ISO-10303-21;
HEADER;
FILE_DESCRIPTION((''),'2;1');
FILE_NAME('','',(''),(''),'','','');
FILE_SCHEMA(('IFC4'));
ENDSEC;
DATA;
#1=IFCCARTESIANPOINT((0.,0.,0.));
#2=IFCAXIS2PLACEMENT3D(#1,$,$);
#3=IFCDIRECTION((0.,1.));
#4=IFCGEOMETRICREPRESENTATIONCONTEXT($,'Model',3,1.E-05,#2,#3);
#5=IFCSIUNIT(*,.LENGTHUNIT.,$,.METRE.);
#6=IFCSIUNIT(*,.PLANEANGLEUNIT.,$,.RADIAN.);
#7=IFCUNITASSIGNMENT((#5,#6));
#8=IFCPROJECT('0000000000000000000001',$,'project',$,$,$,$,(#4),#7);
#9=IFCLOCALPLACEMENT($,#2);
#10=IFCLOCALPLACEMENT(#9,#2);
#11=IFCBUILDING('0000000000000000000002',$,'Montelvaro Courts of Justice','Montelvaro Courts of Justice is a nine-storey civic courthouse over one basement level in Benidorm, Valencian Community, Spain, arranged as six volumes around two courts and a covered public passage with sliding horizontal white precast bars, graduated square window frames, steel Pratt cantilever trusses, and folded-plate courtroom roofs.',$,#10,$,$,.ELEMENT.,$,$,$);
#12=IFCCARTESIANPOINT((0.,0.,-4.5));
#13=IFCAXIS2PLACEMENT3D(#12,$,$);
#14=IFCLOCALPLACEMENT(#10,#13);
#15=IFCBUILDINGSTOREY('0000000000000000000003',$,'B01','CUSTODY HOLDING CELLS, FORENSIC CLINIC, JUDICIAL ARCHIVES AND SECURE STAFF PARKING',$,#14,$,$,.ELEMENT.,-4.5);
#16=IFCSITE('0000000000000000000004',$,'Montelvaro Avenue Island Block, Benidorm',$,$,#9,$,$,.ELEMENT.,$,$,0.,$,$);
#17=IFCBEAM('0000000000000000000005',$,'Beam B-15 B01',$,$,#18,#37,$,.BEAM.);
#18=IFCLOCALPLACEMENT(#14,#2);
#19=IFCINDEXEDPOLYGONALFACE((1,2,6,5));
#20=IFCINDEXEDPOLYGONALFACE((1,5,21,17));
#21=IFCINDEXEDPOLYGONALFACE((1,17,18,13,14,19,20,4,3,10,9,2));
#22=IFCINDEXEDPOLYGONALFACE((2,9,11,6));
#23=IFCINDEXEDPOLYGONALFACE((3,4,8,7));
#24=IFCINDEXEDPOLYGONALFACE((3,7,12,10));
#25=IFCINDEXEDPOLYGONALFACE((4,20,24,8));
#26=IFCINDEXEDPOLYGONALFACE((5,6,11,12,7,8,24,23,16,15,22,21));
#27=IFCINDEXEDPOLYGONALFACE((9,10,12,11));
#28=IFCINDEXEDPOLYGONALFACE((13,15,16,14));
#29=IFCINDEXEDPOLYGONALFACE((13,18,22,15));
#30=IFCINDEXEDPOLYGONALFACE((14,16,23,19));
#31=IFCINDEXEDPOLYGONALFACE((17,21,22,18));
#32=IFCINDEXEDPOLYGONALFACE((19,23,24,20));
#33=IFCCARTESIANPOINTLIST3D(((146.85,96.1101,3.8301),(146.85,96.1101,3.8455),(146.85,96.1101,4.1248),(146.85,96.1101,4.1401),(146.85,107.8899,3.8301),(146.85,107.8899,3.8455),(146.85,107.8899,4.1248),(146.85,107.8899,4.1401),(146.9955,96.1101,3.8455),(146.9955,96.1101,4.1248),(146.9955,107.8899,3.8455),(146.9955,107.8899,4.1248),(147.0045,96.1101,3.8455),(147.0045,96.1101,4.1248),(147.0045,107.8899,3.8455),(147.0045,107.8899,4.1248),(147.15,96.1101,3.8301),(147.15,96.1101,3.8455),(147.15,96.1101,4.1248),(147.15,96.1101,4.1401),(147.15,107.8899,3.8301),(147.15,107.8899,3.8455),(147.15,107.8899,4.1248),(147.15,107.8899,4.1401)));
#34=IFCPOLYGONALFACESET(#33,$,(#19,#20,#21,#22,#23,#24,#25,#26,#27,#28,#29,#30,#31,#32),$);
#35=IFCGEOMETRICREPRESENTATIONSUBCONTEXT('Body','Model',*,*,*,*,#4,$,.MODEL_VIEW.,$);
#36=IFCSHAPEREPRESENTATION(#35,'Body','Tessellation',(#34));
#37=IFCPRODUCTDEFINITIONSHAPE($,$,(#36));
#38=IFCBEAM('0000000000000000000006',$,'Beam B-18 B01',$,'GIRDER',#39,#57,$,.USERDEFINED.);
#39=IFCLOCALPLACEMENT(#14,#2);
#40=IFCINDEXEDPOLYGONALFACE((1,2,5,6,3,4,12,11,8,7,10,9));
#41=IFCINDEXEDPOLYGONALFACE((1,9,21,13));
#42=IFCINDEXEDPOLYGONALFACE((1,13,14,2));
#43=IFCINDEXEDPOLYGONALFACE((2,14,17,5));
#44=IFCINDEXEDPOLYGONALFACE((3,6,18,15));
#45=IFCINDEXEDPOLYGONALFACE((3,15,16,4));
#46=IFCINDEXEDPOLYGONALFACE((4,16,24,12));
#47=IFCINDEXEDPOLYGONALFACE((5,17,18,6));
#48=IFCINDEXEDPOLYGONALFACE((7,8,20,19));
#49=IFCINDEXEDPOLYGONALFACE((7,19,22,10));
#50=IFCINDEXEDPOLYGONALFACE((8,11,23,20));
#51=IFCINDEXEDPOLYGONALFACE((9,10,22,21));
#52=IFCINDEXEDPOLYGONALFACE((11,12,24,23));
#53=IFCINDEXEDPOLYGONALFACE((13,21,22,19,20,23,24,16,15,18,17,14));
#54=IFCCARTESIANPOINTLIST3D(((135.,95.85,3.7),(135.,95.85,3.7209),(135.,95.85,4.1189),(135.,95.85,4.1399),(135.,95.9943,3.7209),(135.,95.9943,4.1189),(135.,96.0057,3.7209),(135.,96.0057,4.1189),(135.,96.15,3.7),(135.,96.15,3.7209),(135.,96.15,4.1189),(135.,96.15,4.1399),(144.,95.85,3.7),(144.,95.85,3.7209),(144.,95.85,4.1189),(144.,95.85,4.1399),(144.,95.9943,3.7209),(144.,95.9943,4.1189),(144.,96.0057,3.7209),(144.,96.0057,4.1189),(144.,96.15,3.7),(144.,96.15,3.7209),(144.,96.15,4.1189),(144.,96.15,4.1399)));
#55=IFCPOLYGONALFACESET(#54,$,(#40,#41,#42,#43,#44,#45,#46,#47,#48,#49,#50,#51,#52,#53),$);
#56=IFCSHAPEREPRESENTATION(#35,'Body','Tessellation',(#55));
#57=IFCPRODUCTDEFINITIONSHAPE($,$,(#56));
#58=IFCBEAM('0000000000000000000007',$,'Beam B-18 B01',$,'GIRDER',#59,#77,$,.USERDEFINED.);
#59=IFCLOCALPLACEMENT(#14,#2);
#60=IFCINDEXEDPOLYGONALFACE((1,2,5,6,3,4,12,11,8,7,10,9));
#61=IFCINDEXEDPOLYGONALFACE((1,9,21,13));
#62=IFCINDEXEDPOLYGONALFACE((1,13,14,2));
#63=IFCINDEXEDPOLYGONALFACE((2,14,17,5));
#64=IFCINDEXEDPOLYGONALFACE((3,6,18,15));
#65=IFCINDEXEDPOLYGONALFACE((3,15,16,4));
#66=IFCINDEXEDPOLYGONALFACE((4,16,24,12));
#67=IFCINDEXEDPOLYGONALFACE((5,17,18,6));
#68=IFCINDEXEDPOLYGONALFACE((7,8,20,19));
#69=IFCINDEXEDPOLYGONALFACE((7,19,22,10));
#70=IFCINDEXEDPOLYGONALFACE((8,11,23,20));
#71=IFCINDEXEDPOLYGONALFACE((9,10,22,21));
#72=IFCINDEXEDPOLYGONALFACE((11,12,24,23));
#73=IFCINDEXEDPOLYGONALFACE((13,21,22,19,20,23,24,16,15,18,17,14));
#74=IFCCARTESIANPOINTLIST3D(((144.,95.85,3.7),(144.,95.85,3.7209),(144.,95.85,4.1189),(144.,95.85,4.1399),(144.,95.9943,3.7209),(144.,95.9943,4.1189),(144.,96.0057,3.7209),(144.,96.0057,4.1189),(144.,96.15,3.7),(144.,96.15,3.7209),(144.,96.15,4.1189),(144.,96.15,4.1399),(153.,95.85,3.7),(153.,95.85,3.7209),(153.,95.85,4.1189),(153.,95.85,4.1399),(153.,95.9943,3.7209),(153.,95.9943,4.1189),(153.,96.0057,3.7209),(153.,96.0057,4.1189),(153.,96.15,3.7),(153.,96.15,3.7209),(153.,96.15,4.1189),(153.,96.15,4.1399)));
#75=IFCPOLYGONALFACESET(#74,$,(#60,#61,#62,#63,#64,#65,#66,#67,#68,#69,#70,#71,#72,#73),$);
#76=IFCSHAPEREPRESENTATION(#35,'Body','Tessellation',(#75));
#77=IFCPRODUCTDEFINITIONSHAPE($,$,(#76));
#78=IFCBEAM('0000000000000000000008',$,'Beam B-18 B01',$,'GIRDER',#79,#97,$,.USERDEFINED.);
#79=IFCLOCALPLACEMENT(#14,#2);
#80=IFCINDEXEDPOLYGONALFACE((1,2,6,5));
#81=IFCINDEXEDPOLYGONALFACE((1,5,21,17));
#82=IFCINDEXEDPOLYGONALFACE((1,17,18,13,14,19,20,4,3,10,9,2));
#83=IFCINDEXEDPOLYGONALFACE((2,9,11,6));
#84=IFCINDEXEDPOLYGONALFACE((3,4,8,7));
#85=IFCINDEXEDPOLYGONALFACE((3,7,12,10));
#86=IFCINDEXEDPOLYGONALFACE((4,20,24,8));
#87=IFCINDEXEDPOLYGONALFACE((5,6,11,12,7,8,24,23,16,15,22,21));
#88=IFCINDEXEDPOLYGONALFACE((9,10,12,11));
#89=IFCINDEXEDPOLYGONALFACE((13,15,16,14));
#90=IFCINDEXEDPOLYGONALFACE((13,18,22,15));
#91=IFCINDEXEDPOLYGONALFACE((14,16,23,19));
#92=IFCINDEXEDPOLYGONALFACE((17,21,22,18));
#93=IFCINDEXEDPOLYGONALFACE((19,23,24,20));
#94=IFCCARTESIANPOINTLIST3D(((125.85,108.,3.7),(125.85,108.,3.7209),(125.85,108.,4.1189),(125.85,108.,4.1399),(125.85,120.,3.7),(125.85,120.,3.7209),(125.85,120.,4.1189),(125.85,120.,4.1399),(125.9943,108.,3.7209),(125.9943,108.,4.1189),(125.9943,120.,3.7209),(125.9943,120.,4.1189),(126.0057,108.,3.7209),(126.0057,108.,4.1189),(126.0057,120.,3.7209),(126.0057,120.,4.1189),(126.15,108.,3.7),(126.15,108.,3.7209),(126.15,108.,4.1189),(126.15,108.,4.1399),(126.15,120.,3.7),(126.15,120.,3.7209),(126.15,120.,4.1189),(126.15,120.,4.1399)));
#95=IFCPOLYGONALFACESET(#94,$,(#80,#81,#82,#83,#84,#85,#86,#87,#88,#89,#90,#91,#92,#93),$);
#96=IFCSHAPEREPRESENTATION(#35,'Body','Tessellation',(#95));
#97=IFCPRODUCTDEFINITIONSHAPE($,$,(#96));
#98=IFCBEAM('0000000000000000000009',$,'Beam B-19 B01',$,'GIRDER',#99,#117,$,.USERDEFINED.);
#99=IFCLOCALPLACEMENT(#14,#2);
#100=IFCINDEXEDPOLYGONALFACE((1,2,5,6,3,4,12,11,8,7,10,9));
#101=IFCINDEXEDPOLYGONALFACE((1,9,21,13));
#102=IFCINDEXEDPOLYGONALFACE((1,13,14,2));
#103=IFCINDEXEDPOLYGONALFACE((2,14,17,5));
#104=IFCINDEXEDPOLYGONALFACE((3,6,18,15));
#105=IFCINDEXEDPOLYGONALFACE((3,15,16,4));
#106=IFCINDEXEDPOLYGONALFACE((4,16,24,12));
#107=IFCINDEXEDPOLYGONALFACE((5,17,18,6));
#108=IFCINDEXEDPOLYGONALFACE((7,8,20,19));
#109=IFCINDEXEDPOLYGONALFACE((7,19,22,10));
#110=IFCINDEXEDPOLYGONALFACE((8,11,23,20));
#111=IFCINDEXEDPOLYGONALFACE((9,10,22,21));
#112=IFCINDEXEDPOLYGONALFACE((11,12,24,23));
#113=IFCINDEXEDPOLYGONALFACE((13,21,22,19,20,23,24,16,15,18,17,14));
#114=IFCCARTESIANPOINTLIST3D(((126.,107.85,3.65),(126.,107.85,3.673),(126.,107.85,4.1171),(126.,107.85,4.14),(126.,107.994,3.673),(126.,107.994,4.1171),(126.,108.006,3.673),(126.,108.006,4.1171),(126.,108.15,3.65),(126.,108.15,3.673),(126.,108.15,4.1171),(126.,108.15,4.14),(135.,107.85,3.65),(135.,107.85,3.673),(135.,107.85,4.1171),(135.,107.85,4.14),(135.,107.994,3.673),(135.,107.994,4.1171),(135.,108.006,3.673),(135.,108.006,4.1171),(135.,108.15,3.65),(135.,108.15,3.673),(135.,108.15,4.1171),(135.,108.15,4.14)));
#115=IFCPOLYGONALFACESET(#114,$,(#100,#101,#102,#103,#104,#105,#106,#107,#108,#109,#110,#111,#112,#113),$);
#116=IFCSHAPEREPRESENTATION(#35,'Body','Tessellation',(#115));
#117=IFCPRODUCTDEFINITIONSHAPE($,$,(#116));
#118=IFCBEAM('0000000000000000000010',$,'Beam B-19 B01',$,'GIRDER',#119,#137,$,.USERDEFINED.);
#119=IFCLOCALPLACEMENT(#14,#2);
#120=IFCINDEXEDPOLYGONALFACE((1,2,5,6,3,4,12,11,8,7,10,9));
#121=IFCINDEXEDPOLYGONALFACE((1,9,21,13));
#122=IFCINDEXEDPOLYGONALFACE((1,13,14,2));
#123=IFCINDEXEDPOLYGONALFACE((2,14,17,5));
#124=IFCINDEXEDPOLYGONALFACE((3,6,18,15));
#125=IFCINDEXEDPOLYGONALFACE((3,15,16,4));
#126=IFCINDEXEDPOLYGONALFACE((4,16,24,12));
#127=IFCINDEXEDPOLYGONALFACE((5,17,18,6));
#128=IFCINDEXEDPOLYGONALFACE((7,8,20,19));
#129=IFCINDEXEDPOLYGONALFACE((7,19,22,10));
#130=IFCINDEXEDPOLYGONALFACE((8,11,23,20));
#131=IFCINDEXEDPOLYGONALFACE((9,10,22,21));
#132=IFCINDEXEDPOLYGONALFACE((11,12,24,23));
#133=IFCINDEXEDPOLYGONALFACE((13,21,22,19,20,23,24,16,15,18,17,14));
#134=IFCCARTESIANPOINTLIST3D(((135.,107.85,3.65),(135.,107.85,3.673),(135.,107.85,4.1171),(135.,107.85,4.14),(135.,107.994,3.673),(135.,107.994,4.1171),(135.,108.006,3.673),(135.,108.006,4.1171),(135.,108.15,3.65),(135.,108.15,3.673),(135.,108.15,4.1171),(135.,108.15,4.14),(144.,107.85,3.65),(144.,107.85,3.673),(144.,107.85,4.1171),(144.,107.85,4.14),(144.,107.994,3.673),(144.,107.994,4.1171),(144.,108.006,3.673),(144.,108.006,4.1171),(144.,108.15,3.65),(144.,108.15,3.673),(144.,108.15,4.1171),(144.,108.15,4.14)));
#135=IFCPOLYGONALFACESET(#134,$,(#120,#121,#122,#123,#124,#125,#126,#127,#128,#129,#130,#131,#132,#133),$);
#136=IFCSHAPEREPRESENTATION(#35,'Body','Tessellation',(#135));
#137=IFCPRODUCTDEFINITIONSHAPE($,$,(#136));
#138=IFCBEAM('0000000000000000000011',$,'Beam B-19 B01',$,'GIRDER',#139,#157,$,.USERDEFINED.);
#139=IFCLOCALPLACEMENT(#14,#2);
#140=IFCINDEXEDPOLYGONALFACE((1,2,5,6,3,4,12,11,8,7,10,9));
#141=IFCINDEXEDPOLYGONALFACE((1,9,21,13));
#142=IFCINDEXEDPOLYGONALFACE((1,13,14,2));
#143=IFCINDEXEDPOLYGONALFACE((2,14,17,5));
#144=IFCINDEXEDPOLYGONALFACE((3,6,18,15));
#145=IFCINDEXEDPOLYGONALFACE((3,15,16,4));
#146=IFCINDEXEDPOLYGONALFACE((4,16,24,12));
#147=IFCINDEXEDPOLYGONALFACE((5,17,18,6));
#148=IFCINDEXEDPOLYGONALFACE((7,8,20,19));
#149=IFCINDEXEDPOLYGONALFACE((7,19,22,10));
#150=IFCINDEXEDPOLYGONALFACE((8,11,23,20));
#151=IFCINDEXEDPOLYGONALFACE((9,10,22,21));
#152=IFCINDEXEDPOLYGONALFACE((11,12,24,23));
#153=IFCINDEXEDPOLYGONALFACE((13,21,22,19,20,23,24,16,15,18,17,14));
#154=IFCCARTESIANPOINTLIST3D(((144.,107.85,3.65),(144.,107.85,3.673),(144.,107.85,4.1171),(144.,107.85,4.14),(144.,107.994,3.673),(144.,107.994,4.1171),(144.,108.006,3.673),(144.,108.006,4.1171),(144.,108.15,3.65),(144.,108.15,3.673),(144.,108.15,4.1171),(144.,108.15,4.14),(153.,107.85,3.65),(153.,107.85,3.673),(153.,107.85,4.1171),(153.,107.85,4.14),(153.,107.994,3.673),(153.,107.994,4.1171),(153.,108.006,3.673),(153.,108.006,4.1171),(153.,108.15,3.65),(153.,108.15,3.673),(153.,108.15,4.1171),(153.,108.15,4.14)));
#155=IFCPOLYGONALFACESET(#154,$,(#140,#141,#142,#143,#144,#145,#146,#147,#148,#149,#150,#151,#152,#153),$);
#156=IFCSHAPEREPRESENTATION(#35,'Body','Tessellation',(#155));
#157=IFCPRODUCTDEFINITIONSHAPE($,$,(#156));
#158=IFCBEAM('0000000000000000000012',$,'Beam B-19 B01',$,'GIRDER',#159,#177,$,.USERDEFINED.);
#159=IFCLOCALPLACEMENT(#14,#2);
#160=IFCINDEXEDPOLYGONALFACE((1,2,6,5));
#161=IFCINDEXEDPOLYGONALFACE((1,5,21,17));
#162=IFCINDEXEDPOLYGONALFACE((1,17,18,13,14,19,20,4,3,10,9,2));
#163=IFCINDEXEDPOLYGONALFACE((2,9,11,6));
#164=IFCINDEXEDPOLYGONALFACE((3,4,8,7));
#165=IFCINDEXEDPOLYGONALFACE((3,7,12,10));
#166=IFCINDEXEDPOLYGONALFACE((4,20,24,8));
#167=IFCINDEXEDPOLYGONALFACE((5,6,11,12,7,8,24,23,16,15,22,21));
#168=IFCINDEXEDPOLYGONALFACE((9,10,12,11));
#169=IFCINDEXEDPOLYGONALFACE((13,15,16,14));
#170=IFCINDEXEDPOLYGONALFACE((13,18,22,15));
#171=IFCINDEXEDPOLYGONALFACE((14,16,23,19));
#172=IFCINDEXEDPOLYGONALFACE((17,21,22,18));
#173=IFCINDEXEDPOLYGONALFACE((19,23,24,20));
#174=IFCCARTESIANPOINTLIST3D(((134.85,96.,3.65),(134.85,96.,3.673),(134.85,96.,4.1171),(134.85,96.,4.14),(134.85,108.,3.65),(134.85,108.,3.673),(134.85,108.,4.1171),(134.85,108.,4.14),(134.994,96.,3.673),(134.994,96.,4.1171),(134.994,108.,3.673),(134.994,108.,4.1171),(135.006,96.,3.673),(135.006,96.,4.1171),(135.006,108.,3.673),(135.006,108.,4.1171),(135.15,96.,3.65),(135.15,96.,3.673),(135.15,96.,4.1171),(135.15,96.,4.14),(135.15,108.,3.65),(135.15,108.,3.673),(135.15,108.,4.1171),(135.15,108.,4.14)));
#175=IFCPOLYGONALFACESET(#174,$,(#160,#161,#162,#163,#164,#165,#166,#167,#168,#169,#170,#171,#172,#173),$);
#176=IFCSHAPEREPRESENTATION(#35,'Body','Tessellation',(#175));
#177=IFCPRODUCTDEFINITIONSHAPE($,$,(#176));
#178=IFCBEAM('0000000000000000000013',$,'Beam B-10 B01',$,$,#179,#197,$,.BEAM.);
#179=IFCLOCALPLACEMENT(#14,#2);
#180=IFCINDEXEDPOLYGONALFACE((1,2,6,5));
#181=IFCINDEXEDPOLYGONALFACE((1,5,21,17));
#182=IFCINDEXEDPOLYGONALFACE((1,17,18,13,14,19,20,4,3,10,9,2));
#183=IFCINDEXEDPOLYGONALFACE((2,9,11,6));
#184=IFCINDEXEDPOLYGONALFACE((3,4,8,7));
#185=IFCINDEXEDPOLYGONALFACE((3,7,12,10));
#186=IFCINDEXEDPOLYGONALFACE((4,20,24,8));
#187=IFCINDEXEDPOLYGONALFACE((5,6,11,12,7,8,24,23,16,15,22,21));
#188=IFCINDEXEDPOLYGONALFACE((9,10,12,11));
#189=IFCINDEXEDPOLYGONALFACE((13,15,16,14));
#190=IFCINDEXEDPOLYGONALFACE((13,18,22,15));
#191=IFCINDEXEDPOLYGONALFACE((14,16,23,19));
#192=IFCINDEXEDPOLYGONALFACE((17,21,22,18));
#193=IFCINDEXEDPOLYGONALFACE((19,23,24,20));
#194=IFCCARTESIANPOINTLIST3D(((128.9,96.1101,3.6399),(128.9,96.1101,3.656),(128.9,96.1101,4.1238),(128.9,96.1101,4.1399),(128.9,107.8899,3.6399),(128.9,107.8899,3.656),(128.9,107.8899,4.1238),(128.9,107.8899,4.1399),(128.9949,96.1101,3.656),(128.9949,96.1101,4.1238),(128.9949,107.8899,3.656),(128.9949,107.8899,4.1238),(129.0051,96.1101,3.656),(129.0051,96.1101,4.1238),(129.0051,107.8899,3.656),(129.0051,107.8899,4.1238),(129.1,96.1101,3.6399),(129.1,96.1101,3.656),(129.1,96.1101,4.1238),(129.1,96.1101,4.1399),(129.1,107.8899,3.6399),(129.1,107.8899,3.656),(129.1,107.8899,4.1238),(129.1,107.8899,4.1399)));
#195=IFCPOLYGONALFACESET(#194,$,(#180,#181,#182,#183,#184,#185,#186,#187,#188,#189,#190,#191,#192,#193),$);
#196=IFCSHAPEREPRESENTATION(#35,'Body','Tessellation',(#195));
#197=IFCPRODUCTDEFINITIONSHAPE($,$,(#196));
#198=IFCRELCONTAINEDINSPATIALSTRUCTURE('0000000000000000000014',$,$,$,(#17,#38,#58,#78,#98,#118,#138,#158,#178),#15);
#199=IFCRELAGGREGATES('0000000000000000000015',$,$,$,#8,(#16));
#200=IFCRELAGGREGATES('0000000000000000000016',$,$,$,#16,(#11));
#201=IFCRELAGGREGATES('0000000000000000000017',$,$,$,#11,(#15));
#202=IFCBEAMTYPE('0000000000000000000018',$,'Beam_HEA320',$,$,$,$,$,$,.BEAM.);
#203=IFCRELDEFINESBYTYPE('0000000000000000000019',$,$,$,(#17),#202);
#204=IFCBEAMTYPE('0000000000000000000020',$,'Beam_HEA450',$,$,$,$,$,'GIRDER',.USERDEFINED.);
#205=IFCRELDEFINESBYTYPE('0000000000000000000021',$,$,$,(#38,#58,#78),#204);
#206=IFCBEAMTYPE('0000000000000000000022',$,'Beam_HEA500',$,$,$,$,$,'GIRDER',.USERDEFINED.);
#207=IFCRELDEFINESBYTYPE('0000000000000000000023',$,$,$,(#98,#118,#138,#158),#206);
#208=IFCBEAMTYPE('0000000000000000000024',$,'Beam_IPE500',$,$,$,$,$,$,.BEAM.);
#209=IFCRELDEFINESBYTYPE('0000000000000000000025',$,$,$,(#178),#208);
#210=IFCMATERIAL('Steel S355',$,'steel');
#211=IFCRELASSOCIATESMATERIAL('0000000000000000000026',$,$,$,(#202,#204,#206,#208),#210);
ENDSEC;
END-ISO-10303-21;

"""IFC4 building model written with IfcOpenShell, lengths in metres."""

from ifc_helpers import new_model, si_unit, direction, frame, origin, origin_2d, place, context, subcontext, project, spatial, i_section, extrude, material, material_profile, profile_set, type_object, element, save


model = new_model("IFC4")

# Units and contexts
model_context = context("Model", 3, precision=1e-05, world=origin(), true_north=direction((0.0, 1.0)))
body_context = subcontext(model_context, "Body", "Model", "MODEL_VIEW")
ifc_project = project(units=[si_unit("LENGTHUNIT", "METRE"), si_unit("PLANEANGLEUNIT", "RADIAN")], contexts=[model_context])

# Site, building, storey
site_placement = place(None, origin())
site = spatial("IfcSite", under=ifc_project, at=site_placement, Name="Montelvaro Avenue Island Block, Benidorm", CompositionType="ELEMENT", RefElevation=0.0)
building_placement = place(site_placement, origin())
building = spatial("IfcBuilding", under=site, at=building_placement, Name="Montelvaro Courts of Justice", Description="Montelvaro Courts of Justice is a nine-storey civic courthouse over one basement level in Benidorm, Valencian Community, Spain, arranged as six volumes around two courts and a covered public passage with sliding horizontal white precast bars, graduated square window frames, steel Pratt cantilever trusses, and folded-plate courtroom roofs.", CompositionType="ELEMENT")
storey_placement = place(building_placement, frame((0.0, 0.0, -4.5)))
storey = spatial("IfcBuildingStorey", under=building, at=storey_placement, Name="B01", Description="CUSTODY HOLDING CELLS, FORENSIC CLINIC, JUDICIAL ARCHIVES AND SECURE STAFF PARKING", CompositionType="ELEMENT", Elevation=-4.5)

# Beams
ifc_material_1 = material(Name="Steel S355", Category="steel")
ifc_material_profile_1 = material_profile(ifc_material_1, i_section(OverallWidth=0.3, OverallDepth=0.3101, WebThickness=0.009, FlangeThickness=0.0154, at=origin_2d()), Name="HEA 320")
ifc_profile_set_1 = profile_set([ifc_material_profile_1], Name="Steel S355")
beam_type_1 = type_object("IfcBeamType", Name="Beam_HEA320", PredefinedType="BEAM", material=ifc_profile_set_1)
for number, where, z_axis, x_axis, name in (
    (1, (147.0, 96.1101, 3.9851), (0.0, 1.0, 0.0), (-1.0, 0.0, 0.0), "Beam B-15 B01"),
):
    element("IfcBeam", number, at=place(storey_placement, frame(where, z_axis=z_axis, x_axis=x_axis)), inside=storey, type_object=beam_type_1, Name=name, PredefinedType="BEAM", context=body_context, shape_type="SweptSolid", body=[
        extrude(i_section(OverallWidth=0.3, OverallDepth=0.3101, WebThickness=0.009, FlangeThickness=0.0154, at=origin_2d()), origin(), (0.0, 0.0, 1.0), 11.7798),
    ])
ifc_material_profile_2 = material_profile(ifc_material_1, i_section(OverallWidth=0.3, OverallDepth=0.4399, WebThickness=0.0115, FlangeThickness=0.021, at=origin_2d()), Name="HEA 450")
ifc_profile_set_2 = profile_set([ifc_material_profile_2], Name="Steel S355")
beam_type_2 = type_object("IfcBeamType", Name="Beam_HEA450", ElementType="GIRDER", PredefinedType="USERDEFINED", material=ifc_profile_set_2)
for number, where, z_axis, x_axis, name in (
    (2, (135.0, 96.0, 3.9199), (1.0, 0.0, 0.0), (0.0, 1.0, 0.0), "Beam B-18 B01"),
    (3, (144.0, 96.0, 3.9199), (1.0, 0.0, 0.0), (0.0, 1.0, 0.0), "Beam B-18 B01"),
):
    element("IfcBeam", number, at=place(storey_placement, frame(where, z_axis=z_axis, x_axis=x_axis)), inside=storey, type_object=beam_type_2, Name=name, ObjectType="GIRDER", PredefinedType="USERDEFINED", context=body_context, shape_type="SweptSolid", body=[
        extrude(i_section(OverallWidth=0.3, OverallDepth=0.4399, WebThickness=0.0115, FlangeThickness=0.021, at=origin_2d()), origin(), (0.0, 0.0, 1.0), 9.0),
    ])
beam_1_placement = place(storey_placement, frame((126.0, 108.0, 3.9199), z_axis=(0.0, 1.0, 0.0), x_axis=(-1.0, 0.0, 0.0)))
element("IfcBeam", 4, at=beam_1_placement, inside=storey, type_object=beam_type_2, Name="Beam B-18 B01", ObjectType="GIRDER", PredefinedType="USERDEFINED", context=body_context, shape_type="SweptSolid", body=[
    extrude(i_section(OverallWidth=0.3, OverallDepth=0.4399, WebThickness=0.0115, FlangeThickness=0.021, at=origin_2d()), origin(), (0.0, 0.0, 1.0), 12.0),
])
ifc_material_profile_3 = material_profile(ifc_material_1, i_section(OverallWidth=0.3, OverallDepth=0.49, WebThickness=0.012, FlangeThickness=0.0229, at=origin_2d()), Name="HEA 500")
ifc_profile_set_3 = profile_set([ifc_material_profile_3], Name="Steel S355")
beam_type_3 = type_object("IfcBeamType", Name="Beam_HEA500", ElementType="GIRDER", PredefinedType="USERDEFINED", material=ifc_profile_set_3)
for number, where, z_axis, x_axis, name in (
    (5, (126.0, 108.0, 3.895), (1.0, 0.0, 0.0), (0.0, 1.0, 0.0), "Beam B-19 B01"),
    (6, (135.0, 108.0, 3.895), (1.0, 0.0, 0.0), (0.0, 1.0, 0.0), "Beam B-19 B01"),
    (7, (144.0, 108.0, 3.895), (1.0, 0.0, 0.0), (0.0, 1.0, 0.0), "Beam B-19 B01"),
):
    element("IfcBeam", number, at=place(storey_placement, frame(where, z_axis=z_axis, x_axis=x_axis)), inside=storey, type_object=beam_type_3, Name=name, ObjectType="GIRDER", PredefinedType="USERDEFINED", context=body_context, shape_type="SweptSolid", body=[
        extrude(i_section(OverallWidth=0.3, OverallDepth=0.49, WebThickness=0.012, FlangeThickness=0.0229, at=origin_2d()), origin(), (0.0, 0.0, 1.0), 9.0),
    ])
beam_2_placement = place(storey_placement, frame((135.0, 96.0, 3.895), z_axis=(0.0, 1.0, 0.0), x_axis=(-1.0, 0.0, 0.0)))
element("IfcBeam", 8, at=beam_2_placement, inside=storey, type_object=beam_type_3, Name="Beam B-19 B01", ObjectType="GIRDER", PredefinedType="USERDEFINED", context=body_context, shape_type="SweptSolid", body=[
    extrude(i_section(OverallWidth=0.3, OverallDepth=0.49, WebThickness=0.012, FlangeThickness=0.0229, at=origin_2d()), origin(), (0.0, 0.0, 1.0), 12.0),
])
ifc_material_profile_4 = material_profile(ifc_material_1, i_section(OverallWidth=0.2, OverallDepth=0.5, WebThickness=0.0103, FlangeThickness=0.0161, at=origin_2d()), Name="IPE 500")
ifc_profile_set_4 = profile_set([ifc_material_profile_4], Name="Steel S355")
beam_type_4 = type_object("IfcBeamType", Name="Beam_IPE500", PredefinedType="BEAM", material=ifc_profile_set_4)
beam_3_placement = place(storey_placement, frame((129.0, 96.1101, 3.8899), z_axis=(0.0, 1.0, 0.0), x_axis=(-1.0, 0.0, 0.0)))
element("IfcBeam", 9, at=beam_3_placement, inside=storey, type_object=beam_type_4, Name="Beam B-10 B01", PredefinedType="BEAM", context=body_context, shape_type="SweptSolid", body=[
    extrude(i_section(OverallWidth=0.2, OverallDepth=0.5, WebThickness=0.0103, FlangeThickness=0.0161, at=origin_2d()), origin(), (0.0, 0.0, 1.0), 11.7798),
])

save(model, "model.ifc")
